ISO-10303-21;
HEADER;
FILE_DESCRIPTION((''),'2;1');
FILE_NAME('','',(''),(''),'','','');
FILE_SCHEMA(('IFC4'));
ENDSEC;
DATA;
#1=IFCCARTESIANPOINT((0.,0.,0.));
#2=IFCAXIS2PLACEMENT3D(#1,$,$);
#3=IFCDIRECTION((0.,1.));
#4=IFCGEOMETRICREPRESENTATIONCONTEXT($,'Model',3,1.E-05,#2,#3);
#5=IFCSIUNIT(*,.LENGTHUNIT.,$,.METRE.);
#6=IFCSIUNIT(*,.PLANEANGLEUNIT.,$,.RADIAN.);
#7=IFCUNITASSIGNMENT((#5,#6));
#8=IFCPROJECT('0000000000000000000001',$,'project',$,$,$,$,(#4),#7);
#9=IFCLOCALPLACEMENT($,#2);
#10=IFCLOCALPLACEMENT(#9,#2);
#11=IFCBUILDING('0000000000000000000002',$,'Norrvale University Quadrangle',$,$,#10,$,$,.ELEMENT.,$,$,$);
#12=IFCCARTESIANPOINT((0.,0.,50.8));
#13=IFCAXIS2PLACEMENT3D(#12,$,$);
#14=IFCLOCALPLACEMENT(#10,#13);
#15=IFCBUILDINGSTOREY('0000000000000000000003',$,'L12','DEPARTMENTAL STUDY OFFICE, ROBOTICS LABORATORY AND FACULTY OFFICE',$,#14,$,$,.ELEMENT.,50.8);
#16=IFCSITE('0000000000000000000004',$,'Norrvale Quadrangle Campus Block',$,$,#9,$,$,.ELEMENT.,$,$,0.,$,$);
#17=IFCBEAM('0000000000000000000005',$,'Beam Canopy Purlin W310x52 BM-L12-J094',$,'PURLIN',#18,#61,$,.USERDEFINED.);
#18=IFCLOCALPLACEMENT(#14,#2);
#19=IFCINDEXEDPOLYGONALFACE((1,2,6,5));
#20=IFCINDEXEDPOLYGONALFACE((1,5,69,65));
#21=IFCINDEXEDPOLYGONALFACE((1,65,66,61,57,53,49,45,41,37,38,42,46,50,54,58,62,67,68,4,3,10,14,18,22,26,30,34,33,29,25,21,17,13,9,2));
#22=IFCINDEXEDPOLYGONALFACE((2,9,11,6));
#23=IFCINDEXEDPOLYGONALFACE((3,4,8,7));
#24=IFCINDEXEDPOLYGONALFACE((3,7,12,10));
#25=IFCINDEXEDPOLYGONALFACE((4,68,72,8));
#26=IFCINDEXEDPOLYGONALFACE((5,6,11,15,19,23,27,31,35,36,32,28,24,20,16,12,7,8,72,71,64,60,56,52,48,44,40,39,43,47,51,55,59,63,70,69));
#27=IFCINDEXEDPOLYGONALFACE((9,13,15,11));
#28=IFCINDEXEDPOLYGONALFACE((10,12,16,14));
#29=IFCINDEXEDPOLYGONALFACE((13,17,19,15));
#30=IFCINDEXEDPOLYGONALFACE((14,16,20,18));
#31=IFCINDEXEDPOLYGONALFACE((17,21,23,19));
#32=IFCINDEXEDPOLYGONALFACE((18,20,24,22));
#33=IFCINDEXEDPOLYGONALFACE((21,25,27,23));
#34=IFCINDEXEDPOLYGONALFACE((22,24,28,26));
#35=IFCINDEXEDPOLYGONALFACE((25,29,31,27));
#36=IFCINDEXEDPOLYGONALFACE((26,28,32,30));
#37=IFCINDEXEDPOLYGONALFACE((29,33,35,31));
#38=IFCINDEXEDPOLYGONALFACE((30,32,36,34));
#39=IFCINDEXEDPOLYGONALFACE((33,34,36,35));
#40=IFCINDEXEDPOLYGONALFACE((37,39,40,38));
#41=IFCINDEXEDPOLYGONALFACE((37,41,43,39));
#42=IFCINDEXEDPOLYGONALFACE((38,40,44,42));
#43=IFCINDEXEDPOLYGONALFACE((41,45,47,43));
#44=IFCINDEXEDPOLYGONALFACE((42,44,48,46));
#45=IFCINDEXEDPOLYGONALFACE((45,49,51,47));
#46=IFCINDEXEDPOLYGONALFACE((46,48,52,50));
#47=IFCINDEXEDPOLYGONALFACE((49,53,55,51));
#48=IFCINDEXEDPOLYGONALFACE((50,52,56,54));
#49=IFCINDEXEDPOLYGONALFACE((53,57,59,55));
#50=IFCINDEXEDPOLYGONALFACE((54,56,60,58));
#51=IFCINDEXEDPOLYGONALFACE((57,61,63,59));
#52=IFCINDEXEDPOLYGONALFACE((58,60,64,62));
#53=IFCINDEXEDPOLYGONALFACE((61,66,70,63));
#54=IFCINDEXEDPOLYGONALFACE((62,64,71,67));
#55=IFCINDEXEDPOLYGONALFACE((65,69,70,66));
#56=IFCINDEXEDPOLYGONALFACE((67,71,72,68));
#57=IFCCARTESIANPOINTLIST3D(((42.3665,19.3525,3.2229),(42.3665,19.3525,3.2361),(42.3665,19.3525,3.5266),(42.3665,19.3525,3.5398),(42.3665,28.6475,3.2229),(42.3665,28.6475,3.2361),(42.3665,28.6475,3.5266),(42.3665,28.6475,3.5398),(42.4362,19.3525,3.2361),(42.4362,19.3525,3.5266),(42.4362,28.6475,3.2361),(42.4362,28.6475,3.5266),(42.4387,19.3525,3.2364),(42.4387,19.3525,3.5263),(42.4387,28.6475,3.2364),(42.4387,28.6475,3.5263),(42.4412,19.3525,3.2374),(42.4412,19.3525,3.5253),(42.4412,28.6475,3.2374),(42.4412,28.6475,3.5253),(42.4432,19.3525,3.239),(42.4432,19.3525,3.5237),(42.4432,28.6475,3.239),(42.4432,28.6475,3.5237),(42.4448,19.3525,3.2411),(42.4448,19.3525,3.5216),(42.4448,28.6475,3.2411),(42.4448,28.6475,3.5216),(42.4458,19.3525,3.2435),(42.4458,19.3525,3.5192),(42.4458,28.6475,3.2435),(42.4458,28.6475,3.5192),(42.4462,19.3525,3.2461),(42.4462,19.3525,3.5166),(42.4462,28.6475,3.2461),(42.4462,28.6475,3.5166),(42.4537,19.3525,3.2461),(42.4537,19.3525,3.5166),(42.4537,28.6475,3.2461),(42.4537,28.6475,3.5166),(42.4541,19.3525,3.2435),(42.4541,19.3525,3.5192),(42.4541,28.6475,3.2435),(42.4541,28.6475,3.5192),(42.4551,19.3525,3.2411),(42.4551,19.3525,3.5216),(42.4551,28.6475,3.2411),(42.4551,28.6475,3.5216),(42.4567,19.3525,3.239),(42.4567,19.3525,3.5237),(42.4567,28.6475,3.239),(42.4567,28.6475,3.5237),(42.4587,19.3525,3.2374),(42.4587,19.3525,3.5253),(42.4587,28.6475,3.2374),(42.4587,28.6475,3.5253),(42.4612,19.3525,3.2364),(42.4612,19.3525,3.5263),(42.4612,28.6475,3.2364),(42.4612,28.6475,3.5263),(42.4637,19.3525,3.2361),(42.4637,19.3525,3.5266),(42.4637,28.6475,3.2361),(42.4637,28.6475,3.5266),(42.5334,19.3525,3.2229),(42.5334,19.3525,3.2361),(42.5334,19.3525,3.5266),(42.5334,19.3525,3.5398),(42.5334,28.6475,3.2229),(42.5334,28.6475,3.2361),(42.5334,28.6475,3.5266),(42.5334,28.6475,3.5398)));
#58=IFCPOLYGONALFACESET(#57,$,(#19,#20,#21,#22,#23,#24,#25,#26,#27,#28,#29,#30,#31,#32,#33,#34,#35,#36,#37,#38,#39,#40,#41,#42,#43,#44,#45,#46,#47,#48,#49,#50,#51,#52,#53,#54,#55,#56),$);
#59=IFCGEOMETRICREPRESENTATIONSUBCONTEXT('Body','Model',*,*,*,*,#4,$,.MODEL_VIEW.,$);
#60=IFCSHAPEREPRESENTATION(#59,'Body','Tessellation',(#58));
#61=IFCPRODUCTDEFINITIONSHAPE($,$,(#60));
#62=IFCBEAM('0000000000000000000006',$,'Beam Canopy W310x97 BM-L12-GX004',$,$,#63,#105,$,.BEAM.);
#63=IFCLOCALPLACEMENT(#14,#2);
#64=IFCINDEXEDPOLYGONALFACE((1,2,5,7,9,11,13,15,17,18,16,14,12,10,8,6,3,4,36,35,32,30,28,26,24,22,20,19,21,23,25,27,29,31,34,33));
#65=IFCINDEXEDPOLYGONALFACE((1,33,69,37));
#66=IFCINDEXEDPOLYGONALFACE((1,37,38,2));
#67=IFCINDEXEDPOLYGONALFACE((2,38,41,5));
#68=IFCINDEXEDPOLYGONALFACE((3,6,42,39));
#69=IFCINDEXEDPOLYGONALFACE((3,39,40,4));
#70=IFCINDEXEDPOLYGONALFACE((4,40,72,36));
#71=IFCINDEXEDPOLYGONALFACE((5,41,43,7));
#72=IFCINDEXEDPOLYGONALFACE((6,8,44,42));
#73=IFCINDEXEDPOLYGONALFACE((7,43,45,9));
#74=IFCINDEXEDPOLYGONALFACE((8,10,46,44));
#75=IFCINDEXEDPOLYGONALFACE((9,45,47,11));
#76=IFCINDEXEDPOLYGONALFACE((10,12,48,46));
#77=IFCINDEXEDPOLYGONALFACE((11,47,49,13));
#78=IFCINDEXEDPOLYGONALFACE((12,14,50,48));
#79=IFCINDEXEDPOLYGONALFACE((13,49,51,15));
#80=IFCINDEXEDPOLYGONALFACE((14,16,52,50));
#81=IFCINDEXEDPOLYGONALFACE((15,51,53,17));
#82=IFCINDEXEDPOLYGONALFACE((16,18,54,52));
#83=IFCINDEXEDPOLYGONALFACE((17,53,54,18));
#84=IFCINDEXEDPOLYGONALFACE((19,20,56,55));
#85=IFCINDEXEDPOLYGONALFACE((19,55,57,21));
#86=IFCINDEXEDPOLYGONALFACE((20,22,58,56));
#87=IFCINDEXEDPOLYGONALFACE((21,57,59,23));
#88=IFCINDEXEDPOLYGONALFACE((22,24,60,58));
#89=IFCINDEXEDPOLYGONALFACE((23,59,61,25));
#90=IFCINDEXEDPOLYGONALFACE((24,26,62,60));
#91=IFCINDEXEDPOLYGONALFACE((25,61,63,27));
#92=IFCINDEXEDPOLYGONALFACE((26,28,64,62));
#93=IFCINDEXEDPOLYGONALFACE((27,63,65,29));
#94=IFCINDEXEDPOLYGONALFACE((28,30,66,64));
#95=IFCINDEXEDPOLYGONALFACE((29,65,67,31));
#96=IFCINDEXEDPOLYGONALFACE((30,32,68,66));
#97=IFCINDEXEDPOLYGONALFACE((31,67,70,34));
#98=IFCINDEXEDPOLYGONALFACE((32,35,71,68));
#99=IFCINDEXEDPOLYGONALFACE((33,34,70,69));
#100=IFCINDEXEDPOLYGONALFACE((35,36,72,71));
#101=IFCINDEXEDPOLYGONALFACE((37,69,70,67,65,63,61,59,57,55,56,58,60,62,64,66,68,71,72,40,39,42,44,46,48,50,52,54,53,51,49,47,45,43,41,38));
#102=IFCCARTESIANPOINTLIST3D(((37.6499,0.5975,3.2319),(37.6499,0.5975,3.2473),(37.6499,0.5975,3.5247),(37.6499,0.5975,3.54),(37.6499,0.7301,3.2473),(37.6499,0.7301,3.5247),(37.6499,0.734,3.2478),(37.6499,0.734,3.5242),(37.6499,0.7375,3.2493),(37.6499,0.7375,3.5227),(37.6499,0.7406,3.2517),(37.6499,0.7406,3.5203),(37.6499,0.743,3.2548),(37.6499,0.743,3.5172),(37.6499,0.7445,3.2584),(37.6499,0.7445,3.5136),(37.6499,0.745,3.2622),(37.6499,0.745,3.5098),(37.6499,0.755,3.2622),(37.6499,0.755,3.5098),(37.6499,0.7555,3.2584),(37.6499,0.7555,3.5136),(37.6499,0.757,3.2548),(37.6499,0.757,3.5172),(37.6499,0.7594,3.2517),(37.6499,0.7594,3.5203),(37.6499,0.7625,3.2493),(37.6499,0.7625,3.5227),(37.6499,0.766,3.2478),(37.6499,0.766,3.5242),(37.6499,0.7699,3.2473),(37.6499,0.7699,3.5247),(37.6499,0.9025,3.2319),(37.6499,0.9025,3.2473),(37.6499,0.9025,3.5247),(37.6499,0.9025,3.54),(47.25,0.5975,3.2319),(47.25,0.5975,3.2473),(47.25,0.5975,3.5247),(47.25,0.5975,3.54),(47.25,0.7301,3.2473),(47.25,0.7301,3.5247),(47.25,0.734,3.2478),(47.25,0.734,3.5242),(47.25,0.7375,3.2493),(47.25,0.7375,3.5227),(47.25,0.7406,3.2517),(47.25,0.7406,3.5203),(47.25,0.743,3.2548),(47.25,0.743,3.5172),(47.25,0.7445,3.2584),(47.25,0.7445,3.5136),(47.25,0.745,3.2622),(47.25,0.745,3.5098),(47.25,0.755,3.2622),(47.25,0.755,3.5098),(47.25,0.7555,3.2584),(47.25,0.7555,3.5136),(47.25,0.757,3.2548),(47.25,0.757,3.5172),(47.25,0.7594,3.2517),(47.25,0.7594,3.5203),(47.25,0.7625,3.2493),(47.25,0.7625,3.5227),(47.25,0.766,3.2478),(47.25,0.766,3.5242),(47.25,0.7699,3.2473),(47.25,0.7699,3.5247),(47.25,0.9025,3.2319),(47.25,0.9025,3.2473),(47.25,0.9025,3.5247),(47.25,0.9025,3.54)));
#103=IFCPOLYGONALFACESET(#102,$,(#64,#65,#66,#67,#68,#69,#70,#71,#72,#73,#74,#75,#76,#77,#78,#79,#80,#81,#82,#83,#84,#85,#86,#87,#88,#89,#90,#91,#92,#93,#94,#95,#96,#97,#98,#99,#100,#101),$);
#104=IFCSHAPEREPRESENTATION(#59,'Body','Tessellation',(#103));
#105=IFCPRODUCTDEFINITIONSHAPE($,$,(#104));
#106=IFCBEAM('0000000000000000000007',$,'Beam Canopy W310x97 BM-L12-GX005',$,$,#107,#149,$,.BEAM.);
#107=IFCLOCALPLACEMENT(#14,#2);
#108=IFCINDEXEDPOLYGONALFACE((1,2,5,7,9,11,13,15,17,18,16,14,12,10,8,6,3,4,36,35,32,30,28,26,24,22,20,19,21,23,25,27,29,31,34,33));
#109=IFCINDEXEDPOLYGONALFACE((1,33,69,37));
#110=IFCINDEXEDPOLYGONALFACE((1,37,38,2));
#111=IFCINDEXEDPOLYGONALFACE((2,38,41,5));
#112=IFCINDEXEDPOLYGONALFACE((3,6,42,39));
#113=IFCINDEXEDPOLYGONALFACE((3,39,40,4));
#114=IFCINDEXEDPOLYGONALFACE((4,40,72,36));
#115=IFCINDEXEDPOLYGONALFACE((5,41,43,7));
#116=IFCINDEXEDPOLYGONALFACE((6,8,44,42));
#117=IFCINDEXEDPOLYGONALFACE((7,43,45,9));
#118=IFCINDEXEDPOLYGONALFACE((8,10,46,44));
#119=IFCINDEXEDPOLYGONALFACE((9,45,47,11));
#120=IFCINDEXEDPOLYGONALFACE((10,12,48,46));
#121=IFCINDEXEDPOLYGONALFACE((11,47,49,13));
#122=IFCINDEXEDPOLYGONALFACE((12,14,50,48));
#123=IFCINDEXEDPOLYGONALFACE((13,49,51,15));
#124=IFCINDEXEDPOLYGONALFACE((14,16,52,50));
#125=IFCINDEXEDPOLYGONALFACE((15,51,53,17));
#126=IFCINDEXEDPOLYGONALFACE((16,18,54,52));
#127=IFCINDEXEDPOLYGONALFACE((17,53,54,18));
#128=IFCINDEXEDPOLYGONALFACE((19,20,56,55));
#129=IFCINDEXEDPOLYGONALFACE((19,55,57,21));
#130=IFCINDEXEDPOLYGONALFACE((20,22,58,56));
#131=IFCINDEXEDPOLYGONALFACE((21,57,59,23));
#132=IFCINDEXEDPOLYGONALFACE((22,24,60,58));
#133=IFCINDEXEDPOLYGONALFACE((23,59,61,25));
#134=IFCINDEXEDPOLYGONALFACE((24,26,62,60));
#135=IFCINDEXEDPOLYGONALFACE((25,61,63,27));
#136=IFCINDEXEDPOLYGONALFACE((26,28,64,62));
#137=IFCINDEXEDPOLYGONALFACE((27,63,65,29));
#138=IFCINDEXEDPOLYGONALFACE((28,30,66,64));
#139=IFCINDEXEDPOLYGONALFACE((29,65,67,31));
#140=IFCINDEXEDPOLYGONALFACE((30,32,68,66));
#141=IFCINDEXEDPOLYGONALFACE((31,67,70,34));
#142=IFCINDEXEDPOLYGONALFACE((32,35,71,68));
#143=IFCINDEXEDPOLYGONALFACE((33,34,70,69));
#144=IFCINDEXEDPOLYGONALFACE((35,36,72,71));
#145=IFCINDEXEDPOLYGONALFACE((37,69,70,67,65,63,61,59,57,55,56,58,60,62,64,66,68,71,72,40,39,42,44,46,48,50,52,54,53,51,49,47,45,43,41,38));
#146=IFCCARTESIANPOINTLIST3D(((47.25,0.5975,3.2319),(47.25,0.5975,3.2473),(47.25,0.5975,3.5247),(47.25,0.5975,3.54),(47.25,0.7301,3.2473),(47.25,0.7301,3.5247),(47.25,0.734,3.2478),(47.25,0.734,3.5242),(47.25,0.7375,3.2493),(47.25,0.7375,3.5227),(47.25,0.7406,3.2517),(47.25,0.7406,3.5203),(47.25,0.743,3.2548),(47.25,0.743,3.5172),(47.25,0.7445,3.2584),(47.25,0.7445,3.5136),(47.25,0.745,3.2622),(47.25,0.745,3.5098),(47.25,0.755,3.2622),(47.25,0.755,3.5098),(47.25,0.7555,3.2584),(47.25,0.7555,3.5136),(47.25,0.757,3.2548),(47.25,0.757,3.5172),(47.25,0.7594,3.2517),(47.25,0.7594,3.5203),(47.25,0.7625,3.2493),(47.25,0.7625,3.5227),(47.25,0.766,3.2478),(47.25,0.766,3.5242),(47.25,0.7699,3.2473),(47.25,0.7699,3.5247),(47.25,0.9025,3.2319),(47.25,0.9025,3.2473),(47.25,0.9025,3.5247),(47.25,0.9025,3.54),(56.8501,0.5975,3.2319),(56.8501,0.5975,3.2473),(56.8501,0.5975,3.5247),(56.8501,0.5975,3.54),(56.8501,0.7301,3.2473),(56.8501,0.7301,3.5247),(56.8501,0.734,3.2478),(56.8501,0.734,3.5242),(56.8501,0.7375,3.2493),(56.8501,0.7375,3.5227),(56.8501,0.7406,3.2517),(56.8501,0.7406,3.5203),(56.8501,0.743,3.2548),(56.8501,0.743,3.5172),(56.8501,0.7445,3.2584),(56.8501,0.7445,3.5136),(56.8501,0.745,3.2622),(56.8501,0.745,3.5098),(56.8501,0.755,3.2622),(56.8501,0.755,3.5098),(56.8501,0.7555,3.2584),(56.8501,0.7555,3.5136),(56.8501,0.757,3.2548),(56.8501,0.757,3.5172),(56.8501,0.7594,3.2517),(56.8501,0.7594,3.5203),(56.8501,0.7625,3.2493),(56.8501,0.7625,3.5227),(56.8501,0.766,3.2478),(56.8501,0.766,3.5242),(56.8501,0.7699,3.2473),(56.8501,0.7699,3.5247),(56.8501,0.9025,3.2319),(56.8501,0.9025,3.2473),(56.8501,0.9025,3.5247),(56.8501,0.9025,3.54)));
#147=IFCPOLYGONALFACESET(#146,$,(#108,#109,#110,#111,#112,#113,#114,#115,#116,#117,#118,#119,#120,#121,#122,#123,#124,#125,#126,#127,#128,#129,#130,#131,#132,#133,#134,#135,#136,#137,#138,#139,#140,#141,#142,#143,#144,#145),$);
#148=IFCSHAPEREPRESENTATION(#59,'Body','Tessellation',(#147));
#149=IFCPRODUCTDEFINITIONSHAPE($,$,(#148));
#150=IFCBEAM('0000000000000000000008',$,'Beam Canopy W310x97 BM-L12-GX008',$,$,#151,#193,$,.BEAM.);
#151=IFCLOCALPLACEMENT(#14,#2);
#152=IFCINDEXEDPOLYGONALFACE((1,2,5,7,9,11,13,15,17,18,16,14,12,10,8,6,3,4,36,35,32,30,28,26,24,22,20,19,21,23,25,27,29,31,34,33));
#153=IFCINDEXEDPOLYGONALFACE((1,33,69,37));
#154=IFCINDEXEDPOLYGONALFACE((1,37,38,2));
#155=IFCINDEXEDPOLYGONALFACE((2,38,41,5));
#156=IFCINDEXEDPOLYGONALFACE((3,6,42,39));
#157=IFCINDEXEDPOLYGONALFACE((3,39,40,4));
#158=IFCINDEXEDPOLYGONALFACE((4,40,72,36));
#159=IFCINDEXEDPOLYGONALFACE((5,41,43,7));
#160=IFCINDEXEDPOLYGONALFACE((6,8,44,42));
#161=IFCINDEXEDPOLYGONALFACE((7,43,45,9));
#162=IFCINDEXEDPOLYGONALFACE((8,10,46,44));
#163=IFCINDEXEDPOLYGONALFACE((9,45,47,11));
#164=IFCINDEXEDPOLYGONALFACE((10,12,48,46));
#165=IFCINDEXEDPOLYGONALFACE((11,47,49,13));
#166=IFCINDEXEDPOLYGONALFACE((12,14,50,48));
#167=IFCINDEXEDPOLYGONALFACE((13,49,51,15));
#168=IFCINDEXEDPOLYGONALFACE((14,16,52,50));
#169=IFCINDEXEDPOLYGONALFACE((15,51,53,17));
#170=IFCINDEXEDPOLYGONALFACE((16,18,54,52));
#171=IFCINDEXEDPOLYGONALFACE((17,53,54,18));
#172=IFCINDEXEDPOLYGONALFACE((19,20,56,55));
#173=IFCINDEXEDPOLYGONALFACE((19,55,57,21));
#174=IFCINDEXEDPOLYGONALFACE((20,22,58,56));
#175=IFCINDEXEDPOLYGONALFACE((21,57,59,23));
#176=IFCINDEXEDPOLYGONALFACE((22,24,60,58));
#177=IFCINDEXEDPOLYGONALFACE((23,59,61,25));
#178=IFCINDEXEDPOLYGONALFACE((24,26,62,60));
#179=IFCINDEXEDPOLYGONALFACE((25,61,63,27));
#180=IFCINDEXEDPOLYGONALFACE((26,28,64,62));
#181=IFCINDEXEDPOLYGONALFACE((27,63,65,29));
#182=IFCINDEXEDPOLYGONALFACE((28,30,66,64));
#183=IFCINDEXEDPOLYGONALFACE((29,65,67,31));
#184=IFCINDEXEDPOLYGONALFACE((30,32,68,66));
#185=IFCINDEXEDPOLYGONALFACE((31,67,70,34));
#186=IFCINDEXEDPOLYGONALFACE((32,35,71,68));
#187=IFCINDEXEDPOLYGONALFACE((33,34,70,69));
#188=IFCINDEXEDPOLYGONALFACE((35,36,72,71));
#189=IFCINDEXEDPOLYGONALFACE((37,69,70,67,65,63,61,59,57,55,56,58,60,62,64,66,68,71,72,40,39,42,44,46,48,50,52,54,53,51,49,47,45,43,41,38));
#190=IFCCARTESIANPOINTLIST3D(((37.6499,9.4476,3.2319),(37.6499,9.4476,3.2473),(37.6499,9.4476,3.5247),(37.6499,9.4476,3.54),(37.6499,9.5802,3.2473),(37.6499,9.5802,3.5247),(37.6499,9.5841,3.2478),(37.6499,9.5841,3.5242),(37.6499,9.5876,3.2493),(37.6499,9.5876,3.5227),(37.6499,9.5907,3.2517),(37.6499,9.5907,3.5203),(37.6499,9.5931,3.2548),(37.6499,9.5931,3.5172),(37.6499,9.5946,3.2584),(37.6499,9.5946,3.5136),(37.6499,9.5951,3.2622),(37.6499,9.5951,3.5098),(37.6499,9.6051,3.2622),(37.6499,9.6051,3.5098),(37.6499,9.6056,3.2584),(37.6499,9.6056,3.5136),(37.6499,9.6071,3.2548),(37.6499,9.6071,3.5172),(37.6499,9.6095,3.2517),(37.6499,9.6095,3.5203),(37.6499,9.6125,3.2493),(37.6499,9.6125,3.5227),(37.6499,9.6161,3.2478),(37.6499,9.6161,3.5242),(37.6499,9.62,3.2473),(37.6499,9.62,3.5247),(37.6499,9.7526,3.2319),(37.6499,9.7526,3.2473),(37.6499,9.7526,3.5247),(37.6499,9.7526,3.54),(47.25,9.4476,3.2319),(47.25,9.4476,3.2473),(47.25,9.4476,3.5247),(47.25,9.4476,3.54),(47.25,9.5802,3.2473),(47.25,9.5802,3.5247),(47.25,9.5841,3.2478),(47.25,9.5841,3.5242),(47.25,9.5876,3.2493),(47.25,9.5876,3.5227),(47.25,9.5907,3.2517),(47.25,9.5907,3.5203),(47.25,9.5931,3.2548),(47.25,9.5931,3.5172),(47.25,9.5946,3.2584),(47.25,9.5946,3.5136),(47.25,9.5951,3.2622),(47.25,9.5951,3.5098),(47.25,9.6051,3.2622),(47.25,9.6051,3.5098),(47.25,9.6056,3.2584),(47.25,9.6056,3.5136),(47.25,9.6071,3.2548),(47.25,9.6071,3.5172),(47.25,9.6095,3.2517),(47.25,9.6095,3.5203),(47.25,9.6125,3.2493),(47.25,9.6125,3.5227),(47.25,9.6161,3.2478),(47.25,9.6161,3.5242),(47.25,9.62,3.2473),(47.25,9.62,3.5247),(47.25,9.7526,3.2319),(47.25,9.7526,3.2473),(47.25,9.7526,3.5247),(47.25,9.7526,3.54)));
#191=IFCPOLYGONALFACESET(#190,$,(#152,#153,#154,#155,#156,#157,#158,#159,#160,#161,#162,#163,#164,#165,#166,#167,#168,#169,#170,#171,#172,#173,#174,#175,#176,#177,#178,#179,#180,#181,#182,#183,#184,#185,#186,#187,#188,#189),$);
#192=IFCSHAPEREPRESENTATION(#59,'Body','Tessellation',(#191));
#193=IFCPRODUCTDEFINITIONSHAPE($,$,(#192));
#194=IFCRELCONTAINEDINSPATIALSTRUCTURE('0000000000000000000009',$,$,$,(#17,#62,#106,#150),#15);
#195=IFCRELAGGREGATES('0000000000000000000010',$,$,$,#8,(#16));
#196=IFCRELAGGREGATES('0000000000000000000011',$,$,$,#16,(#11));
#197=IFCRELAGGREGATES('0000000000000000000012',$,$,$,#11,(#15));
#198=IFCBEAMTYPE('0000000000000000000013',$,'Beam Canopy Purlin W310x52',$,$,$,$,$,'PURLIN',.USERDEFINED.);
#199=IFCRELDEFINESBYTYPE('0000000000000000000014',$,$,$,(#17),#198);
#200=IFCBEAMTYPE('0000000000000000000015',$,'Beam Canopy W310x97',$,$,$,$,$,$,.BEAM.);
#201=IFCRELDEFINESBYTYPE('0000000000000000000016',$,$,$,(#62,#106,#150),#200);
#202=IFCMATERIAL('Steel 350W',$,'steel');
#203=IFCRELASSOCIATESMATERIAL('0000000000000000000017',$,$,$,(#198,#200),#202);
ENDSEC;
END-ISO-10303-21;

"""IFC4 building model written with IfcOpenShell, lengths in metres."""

from ifc_helpers import new_model, si_unit, direction, frame, origin, origin_2d, place, context, subcontext, project, spatial, i_section, extrude, material, material_profile, profile_set, type_object, element, save


model = new_model("IFC4")

# Units and contexts
model_context = context("Model", 3, precision=1e-05, world=origin(), true_north=direction((0.0, 1.0)))
body_context = subcontext(model_context, "Body", "Model", "MODEL_VIEW")
ifc_project = project(units=[si_unit("LENGTHUNIT", "METRE"), si_unit("PLANEANGLEUNIT", "RADIAN")], contexts=[model_context])

# Site, building, storey
site_placement = place(None, origin())
site = spatial("IfcSite", under=ifc_project, at=site_placement, Name="Norrvale Quadrangle Campus Block", CompositionType="ELEMENT", RefElevation=0.0)
building_placement = place(site_placement, origin())
building = spatial("IfcBuilding", under=site, at=building_placement, Name="Norrvale University Quadrangle", CompositionType="ELEMENT")
storey_placement = place(building_placement, frame((0.0, 0.0, 50.8)))
storey = spatial("IfcBuildingStorey", under=building, at=storey_placement, Name="L12", Description="DEPARTMENTAL STUDY OFFICE, ROBOTICS LABORATORY AND FACULTY OFFICE", CompositionType="ELEMENT", Elevation=50.8)

# Beams
ifc_material_1 = material(Name="Steel 350W", Category="steel")
ifc_material_profile_1 = material_profile(ifc_material_1, i_section(OverallWidth=0.167, OverallDepth=0.3169, WebThickness=0.0076, FlangeThickness=0.0132, FilletRadius=0.01, at=origin_2d()), Name="Steel 350W")
ifc_profile_set_1 = profile_set([ifc_material_profile_1], Name="Steel 350W")
beam_type_1 = type_object("IfcBeamType", Name="Beam Canopy Purlin W310x52", ElementType="PURLIN", PredefinedType="USERDEFINED", material=ifc_profile_set_1)
beam_1_placement = place(storey_placement, frame((42.45, 19.3525, 3.3813), z_axis=(0.0, 1.0, 0.0), x_axis=(-1.0, 0.0, 0.0)))
element("IfcBeam", 1, at=beam_1_placement, inside=storey, type_object=beam_type_1, Name="Beam Canopy Purlin W310x52 BM-L12-J094", ObjectType="PURLIN", PredefinedType="USERDEFINED", context=body_context, shape_type="SweptSolid", body=[
    extrude(i_section(OverallWidth=0.167, OverallDepth=0.3169, WebThickness=0.0076, FlangeThickness=0.0132, FilletRadius=0.01, at=origin_2d()), origin(), (0.0, 0.0, 1.0), 9.2949),
])
ifc_material_profile_2 = material_profile(ifc_material_1, i_section(OverallWidth=0.3049, OverallDepth=0.3081, WebThickness=0.01, FlangeThickness=0.0154, FilletRadius=0.0149, at=origin_2d()), Name="Steel 350W")
ifc_profile_set_2 = profile_set([ifc_material_profile_2], Name="Steel 350W")
beam_type_2 = type_object("IfcBeamType", Name="Beam Canopy W310x97", PredefinedType="BEAM", material=ifc_profile_set_2)
for number, where, z_axis, x_axis, name in (
    (2, (37.6499, 0.75, 3.386), (1.0, 0.0, 0.0), (0.0, 1.0, 0.0), "Beam Canopy W310x97 BM-L12-GX004"),
    (3, (47.25, 0.75, 3.386), (1.0, 0.0, 0.0), (0.0, 1.0, 0.0), "Beam Canopy W310x97 BM-L12-GX005"),
    (4, (37.6499, 9.6001, 3.386), (1.0, 0.0, 0.0), (0.0, 1.0, 0.0), "Beam Canopy W310x97 BM-L12-GX008"),
):
    element("IfcBeam", number, at=place(storey_placement, frame(where, z_axis=z_axis, x_axis=x_axis)), inside=storey, type_object=beam_type_2, Name=name, PredefinedType="BEAM", context=body_context, shape_type="SweptSolid", body=[
        extrude(i_section(OverallWidth=0.3049, OverallDepth=0.3081, WebThickness=0.01, FlangeThickness=0.0154, FilletRadius=0.0149, at=origin_2d()), origin(), (0.0, 0.0, 1.0), 9.6001),
    ])

save(model, "model.ifc")
